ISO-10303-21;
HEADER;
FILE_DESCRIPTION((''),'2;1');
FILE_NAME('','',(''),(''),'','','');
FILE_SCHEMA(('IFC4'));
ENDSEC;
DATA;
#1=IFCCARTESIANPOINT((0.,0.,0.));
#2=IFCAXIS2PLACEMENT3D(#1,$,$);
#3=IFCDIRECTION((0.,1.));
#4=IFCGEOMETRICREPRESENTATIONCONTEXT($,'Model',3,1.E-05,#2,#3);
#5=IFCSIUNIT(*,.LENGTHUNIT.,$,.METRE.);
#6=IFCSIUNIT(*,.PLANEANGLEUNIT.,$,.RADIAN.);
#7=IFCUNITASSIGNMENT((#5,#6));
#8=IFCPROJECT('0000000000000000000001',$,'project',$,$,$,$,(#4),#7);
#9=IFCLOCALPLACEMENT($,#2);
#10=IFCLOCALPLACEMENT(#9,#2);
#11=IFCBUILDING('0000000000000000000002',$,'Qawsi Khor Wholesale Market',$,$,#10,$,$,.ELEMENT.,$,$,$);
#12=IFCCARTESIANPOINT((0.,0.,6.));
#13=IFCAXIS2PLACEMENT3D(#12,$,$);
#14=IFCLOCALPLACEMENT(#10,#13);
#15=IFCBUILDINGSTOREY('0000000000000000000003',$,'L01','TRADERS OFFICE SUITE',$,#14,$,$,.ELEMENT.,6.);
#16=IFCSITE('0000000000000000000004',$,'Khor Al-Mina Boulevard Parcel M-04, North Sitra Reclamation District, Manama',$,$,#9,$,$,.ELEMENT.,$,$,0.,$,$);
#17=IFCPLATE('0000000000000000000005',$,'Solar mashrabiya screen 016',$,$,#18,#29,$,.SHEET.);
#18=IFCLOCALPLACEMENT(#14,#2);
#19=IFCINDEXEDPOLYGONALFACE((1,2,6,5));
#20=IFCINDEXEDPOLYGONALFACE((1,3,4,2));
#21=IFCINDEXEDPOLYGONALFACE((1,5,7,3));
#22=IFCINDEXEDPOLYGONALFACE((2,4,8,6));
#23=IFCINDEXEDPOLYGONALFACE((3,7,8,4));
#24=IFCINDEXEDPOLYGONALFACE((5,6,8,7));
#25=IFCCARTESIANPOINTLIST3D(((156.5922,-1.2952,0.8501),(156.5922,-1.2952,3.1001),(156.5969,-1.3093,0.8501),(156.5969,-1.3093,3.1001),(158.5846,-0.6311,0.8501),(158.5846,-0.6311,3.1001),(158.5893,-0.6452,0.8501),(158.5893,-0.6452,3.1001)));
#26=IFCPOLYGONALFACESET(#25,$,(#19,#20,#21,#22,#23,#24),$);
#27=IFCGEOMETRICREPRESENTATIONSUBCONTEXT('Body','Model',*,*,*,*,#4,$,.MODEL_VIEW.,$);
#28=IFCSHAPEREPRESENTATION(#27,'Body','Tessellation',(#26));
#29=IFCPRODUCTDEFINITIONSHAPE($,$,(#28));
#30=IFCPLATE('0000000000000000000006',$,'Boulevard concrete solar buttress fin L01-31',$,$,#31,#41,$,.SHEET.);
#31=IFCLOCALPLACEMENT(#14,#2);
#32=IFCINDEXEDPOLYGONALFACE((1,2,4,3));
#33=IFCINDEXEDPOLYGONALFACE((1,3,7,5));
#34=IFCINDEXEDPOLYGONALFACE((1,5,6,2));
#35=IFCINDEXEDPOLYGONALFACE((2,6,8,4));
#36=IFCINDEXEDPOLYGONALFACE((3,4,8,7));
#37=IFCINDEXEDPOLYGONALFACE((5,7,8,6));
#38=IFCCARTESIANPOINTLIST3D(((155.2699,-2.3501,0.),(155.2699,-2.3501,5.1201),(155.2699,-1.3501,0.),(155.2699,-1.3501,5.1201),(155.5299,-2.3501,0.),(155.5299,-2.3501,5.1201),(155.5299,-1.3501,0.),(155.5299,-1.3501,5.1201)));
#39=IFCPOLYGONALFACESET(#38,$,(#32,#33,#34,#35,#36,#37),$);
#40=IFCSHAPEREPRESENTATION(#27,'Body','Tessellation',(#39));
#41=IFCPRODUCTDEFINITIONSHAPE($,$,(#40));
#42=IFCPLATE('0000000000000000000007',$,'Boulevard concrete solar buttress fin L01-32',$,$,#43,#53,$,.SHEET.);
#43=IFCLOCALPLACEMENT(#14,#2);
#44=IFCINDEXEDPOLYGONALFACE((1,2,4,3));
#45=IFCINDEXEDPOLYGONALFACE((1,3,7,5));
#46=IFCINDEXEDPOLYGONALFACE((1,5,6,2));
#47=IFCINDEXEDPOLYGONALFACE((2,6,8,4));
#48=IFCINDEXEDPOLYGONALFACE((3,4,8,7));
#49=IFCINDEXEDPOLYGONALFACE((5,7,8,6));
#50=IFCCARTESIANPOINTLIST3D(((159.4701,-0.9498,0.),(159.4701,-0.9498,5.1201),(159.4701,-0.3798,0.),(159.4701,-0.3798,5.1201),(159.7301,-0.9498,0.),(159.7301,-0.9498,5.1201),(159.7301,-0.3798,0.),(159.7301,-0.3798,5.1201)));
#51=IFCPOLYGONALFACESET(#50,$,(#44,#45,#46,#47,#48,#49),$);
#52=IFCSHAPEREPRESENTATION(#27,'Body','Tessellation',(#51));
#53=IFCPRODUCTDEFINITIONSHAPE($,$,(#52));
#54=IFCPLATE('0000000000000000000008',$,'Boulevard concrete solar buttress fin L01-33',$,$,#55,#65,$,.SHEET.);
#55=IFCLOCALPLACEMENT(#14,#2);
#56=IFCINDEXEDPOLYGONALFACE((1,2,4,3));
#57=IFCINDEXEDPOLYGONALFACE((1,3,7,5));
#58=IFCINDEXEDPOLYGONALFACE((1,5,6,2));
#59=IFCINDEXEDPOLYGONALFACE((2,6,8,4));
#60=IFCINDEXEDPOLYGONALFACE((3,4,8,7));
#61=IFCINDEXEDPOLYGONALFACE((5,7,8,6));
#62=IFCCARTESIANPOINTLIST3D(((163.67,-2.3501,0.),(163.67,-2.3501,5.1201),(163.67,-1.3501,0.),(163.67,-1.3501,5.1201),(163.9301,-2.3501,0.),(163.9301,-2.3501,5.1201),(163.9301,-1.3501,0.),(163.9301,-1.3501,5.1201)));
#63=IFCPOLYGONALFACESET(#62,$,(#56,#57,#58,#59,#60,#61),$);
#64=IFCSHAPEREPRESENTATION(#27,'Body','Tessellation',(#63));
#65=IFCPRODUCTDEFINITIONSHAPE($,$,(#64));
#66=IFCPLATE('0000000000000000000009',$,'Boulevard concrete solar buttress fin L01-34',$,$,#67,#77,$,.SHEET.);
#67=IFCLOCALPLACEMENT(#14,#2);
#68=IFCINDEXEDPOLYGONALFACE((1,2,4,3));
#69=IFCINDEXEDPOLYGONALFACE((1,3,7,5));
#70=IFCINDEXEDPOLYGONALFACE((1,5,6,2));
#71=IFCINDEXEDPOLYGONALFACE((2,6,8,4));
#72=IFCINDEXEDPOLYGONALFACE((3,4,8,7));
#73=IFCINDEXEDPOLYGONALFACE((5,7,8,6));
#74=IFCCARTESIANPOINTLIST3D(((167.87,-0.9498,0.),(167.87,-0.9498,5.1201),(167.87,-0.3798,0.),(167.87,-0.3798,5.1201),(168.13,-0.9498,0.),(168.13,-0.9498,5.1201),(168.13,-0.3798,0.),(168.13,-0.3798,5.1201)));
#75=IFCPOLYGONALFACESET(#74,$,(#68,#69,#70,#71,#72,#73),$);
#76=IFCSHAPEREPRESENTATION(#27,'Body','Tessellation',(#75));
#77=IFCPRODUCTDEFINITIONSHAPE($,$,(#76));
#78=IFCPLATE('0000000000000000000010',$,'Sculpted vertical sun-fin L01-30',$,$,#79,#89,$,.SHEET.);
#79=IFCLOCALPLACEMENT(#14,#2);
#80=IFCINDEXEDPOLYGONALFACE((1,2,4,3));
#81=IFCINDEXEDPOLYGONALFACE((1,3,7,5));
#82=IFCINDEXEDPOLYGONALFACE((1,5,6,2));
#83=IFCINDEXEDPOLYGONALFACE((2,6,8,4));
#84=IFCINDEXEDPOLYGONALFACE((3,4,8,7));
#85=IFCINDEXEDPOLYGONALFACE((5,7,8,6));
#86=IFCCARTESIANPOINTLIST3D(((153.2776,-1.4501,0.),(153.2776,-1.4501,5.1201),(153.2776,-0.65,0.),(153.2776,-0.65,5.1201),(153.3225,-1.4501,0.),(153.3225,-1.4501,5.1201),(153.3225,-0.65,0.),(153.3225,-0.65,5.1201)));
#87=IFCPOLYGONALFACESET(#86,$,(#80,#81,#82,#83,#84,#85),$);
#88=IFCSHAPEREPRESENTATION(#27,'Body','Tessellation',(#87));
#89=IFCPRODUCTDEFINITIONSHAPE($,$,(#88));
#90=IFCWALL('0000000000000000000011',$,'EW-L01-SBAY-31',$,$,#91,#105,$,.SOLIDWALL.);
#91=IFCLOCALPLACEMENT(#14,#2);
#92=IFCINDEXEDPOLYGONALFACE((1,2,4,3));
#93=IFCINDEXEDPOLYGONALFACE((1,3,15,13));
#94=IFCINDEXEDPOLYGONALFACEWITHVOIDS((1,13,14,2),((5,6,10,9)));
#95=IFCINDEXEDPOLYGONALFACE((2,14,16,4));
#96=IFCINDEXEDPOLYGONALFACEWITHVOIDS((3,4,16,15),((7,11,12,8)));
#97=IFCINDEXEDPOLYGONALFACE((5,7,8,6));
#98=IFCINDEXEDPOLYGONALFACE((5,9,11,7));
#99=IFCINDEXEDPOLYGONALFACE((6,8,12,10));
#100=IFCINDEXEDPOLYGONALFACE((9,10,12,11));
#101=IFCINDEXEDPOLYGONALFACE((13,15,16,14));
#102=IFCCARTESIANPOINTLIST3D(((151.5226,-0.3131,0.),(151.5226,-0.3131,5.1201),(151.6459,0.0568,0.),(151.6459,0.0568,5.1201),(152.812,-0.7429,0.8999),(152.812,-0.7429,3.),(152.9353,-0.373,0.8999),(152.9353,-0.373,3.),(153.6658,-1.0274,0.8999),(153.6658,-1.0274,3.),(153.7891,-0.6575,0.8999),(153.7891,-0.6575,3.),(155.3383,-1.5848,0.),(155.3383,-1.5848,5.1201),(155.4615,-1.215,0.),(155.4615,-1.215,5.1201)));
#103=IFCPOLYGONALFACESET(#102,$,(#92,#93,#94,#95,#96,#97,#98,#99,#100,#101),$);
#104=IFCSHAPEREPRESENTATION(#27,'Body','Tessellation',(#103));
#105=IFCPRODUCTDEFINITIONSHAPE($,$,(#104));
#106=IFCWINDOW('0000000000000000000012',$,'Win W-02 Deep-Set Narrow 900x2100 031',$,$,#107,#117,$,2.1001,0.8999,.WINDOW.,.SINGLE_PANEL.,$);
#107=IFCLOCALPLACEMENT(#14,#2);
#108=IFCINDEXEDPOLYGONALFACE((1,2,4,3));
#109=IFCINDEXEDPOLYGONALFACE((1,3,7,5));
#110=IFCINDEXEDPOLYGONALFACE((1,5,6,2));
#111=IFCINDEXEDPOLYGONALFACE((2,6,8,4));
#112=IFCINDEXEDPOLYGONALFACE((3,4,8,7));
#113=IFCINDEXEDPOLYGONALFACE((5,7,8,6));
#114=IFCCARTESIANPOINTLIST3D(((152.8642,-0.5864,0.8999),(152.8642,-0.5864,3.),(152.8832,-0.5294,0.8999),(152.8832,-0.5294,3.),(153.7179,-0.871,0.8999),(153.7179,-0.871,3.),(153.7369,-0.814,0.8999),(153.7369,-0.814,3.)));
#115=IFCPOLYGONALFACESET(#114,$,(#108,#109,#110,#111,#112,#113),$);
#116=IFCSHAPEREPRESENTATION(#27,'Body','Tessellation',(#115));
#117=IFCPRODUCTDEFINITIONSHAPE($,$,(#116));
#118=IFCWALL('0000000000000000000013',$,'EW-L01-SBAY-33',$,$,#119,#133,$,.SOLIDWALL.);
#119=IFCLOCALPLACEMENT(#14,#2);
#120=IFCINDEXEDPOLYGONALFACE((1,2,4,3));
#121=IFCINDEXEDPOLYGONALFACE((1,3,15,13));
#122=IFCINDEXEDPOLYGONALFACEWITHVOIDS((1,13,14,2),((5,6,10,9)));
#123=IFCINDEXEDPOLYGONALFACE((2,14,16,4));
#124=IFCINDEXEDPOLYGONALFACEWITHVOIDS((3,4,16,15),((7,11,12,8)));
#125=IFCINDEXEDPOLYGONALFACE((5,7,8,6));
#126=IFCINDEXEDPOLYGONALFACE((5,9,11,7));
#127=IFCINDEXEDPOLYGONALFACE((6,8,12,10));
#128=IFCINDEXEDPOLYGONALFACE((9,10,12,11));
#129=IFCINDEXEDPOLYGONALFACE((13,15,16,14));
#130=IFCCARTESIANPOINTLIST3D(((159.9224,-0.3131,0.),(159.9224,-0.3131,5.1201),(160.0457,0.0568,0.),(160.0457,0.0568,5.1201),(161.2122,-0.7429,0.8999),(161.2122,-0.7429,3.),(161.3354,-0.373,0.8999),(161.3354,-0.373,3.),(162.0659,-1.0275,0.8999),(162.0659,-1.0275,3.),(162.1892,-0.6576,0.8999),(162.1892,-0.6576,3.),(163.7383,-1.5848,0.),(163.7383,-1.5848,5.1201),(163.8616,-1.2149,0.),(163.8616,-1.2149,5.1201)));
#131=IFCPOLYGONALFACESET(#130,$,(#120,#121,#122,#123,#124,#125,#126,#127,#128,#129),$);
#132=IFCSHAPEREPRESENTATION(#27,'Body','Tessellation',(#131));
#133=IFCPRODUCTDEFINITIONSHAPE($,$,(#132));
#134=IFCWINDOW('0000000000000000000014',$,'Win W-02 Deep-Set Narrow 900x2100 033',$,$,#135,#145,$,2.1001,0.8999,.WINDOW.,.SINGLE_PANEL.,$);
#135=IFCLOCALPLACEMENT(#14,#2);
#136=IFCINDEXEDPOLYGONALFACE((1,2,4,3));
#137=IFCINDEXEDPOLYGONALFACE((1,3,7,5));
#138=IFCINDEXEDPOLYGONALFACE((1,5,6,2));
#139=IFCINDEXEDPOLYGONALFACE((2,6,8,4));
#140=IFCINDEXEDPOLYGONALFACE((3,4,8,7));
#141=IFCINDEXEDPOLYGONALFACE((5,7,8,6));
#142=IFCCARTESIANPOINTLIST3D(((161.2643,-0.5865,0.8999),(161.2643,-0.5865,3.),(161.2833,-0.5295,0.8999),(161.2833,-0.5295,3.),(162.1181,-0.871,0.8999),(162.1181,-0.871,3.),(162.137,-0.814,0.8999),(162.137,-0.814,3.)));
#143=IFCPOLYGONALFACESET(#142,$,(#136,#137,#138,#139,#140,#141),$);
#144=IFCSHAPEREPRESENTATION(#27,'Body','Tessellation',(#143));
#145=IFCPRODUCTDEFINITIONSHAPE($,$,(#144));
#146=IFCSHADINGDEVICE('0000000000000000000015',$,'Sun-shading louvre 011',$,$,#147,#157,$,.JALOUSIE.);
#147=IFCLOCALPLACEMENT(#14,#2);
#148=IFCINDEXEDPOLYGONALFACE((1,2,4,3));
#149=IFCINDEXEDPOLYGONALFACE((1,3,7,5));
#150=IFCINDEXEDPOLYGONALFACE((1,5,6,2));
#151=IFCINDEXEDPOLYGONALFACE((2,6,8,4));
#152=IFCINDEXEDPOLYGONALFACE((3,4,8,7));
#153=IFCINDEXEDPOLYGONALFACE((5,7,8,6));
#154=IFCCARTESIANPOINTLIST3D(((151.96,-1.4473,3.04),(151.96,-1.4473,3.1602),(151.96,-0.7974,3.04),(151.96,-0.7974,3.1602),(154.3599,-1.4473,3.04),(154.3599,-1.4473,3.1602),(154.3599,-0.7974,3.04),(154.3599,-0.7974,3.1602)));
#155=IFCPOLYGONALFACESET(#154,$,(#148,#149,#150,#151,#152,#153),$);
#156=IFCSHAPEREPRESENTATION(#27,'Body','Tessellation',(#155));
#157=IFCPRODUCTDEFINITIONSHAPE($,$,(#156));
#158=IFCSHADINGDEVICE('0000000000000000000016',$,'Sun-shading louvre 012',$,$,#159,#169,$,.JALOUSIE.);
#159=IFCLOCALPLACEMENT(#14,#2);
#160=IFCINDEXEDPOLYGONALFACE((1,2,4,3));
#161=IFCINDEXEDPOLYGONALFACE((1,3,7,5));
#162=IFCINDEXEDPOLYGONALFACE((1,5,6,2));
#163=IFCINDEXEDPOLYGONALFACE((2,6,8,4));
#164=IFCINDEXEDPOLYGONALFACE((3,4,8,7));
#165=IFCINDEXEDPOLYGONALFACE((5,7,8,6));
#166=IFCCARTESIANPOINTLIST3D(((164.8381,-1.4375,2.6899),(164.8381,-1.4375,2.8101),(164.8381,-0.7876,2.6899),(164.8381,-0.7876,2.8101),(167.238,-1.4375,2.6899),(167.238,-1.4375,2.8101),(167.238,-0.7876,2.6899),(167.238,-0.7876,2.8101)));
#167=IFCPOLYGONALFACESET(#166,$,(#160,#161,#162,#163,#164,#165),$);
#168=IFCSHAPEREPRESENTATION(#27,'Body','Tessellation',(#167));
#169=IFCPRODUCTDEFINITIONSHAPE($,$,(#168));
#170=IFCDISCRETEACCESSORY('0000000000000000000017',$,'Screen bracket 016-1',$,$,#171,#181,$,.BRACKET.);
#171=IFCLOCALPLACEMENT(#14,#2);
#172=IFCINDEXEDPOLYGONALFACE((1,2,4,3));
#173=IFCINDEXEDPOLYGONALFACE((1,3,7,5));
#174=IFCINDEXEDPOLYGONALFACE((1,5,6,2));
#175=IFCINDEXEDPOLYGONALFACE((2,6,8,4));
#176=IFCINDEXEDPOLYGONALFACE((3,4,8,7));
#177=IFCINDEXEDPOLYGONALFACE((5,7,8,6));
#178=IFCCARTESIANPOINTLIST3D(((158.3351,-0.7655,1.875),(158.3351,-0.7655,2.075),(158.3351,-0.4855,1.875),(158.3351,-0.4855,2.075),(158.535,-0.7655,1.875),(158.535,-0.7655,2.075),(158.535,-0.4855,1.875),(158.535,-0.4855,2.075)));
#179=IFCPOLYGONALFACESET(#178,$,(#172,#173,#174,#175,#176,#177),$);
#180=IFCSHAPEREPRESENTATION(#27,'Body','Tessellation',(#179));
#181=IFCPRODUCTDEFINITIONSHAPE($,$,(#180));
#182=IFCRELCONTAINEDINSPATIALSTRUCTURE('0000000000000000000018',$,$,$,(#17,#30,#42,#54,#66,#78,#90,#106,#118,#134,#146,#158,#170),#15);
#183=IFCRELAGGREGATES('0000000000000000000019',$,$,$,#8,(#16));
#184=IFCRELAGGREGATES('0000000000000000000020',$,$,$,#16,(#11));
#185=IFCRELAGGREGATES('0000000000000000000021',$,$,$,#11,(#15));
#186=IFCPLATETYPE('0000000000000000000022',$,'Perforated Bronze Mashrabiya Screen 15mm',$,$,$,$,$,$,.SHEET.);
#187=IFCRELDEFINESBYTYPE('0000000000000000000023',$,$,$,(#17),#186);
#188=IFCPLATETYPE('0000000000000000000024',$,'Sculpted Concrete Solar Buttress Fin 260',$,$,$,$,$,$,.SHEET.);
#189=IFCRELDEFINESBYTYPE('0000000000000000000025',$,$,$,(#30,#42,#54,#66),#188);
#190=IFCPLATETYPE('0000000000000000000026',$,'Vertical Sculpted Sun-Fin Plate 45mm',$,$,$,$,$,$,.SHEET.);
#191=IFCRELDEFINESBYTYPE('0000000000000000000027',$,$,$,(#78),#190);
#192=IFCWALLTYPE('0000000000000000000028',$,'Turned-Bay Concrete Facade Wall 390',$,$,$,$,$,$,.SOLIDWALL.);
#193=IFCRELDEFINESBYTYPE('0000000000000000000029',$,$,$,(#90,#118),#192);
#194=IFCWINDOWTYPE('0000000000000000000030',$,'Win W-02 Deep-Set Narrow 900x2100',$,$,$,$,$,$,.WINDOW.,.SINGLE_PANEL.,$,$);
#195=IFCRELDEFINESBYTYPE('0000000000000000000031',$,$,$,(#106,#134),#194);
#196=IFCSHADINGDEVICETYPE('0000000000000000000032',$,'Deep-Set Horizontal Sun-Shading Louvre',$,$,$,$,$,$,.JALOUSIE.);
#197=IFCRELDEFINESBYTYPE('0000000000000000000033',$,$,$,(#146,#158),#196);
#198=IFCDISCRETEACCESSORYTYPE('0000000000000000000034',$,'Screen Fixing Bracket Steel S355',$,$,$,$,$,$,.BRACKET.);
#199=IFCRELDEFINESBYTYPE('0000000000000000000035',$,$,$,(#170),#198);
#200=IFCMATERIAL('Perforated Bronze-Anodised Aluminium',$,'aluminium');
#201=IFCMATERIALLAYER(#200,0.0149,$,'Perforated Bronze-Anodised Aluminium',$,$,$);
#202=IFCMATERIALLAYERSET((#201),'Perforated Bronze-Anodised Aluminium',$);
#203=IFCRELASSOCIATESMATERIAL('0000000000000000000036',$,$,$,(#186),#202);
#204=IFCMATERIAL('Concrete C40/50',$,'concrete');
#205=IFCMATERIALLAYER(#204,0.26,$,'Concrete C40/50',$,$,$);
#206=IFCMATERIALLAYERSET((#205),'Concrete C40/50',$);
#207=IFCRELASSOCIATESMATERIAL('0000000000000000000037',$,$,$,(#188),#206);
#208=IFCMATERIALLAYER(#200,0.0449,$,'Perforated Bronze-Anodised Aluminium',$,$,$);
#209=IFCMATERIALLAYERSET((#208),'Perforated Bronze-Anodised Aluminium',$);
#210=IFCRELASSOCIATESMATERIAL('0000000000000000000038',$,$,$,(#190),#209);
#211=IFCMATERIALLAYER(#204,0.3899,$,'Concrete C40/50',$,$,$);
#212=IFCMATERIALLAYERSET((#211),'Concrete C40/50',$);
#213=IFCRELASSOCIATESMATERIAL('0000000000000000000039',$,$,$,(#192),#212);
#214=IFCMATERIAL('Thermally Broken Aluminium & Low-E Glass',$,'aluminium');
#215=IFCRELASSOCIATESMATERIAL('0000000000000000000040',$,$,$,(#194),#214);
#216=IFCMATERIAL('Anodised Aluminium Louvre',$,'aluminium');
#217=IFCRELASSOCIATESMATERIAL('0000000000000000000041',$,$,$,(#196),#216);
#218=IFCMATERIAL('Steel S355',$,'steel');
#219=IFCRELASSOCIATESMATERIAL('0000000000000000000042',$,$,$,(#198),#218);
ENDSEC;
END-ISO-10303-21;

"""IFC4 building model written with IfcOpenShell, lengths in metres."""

from ifc_helpers import new_model, si_unit, direction, frame, frame_2d, origin, origin_2d, place, context, subcontext, project, spatial, rectangle, extrude, material, layer, layer_set, type_object, element, fill, save


model = new_model("IFC4")

# Units and contexts
model_context = context("Model", 3, precision=1e-05, world=origin(), true_north=direction((0.0, 1.0)))
body_context = subcontext(model_context, "Body", "Model", "MODEL_VIEW")
ifc_project = project(units=[si_unit("LENGTHUNIT", "METRE"), si_unit("PLANEANGLEUNIT", "RADIAN")], contexts=[model_context])

# Site, building, storey
site_placement = place(None, origin())
site = spatial("IfcSite", under=ifc_project, at=site_placement, Name="Khor Al-Mina Boulevard Parcel M-04, North Sitra Reclamation District, Manama", CompositionType="ELEMENT", RefElevation=0.0)
building_placement = place(site_placement, origin())
building = spatial("IfcBuilding", under=site, at=building_placement, Name="Qawsi Khor Wholesale Market", CompositionType="ELEMENT")
storey_placement = place(building_placement, frame((0.0, 0.0, 6.0)))
storey = spatial("IfcBuildingStorey", under=building, at=storey_placement, Name="L01", Description="TRADERS OFFICE SUITE", CompositionType="ELEMENT", Elevation=6.0)

# Shared definitions
ifc_material_1 = material(Name="Steel S355", Category="steel")

# Shared definitions
ifc_material_2 = material(Name="Concrete C40/50", Category="concrete")

# Plates
ifc_material_3 = material(Name="Perforated Bronze-Anodised Aluminium", Category="aluminium")
ifc_layer_1 = layer(ifc_material_3, 0.0149, Name="Perforated Bronze-Anodised Aluminium")
ifc_layer_set_1 = layer_set([ifc_layer_1], Name="Perforated Bronze-Anodised Aluminium")
plate_type_1 = type_object("IfcPlateType", Name="Perforated Bronze Mashrabiya Screen 15mm", PredefinedType="SHEET", material=ifc_layer_set_1)
plate_1_placement = place(storey_placement, frame((158.5869, -0.6382, 0.8501), z_axis=(0.0, 0.0, 1.0), x_axis=(-0.948695, -0.316193, 0.0)))
element("IfcPlate", 1, at=plate_1_placement, inside=storey, type_object=plate_type_1, Name="Solar mashrabiya screen 016", PredefinedType="SHEET", context=body_context, shape_type="SweptSolid", body=[
    extrude(rectangle(XDim=2.1001, YDim=0.0149, at=frame_2d((1.05, 0.0))), origin(), (0.0, 0.0, 1.0), 2.25),
])
ifc_layer_2 = layer(ifc_material_2, 0.26, Name="Concrete C40/50")
ifc_layer_set_2 = layer_set([ifc_layer_2], Name="Concrete C40/50")
plate_type_2 = type_object("IfcPlateType", Name="Sculpted Concrete Solar Buttress Fin 260", PredefinedType="SHEET", material=ifc_layer_set_2)
plate_2_placement = place(storey_placement, frame((155.3999, -2.3501, 0.0), z_axis=(0.0, 0.0, 1.0), x_axis=(0.0, 1.0, 0.0)))
element("IfcPlate", 2, at=plate_2_placement, inside=storey, type_object=plate_type_2, Name="Boulevard concrete solar buttress fin L01-31", PredefinedType="SHEET", context=body_context, shape_type="SweptSolid", body=[
    extrude(rectangle(XDim=1.0, YDim=0.26, at=frame_2d((0.5, 0.0))), origin(), (0.0, 0.0, 1.0), 5.1201),
])
plate_3_placement = place(storey_placement, frame((159.6001, -0.95, 0.0), z_axis=(0.0, 0.0, 1.0), x_axis=(0.0, 1.0, 0.0)))
element("IfcPlate", 3, at=plate_3_placement, inside=storey, type_object=plate_type_2, Name="Boulevard concrete solar buttress fin L01-32", PredefinedType="SHEET", context=body_context, shape_type="SweptSolid", body=[
    extrude(rectangle(XDim=0.5701, YDim=0.26, at=frame_2d((0.2852, 0.0))), origin(), (0.0, 0.0, 1.0), 5.1201),
])
plate_4_placement = place(storey_placement, frame((163.8, -2.3501, 0.0), z_axis=(0.0, 0.0, 1.0), x_axis=(0.0, 1.0, 0.0)))
element("IfcPlate", 4, at=plate_4_placement, inside=storey, type_object=plate_type_2, Name="Boulevard concrete solar buttress fin L01-33", PredefinedType="SHEET", context=body_context, shape_type="SweptSolid", body=[
    extrude(rectangle(XDim=1.0, YDim=0.26, at=frame_2d((0.5, 0.0))), origin(), (0.0, 0.0, 1.0), 5.1201),
])
plate_5_placement = place(storey_placement, frame((168.0, -0.95, 0.0), z_axis=(0.0, 0.0, 1.0), x_axis=(0.0, 1.0, 0.0)))
element("IfcPlate", 5, at=plate_5_placement, inside=storey, type_object=plate_type_2, Name="Boulevard concrete solar buttress fin L01-34", PredefinedType="SHEET", context=body_context, shape_type="SweptSolid", body=[
    extrude(rectangle(XDim=0.5701, YDim=0.26, at=frame_2d((0.2852, 0.0))), origin(), (0.0, 0.0, 1.0), 5.1201),
])
ifc_layer_3 = layer(ifc_material_3, 0.0449, Name="Perforated Bronze-Anodised Aluminium")
ifc_layer_set_3 = layer_set([ifc_layer_3], Name="Perforated Bronze-Anodised Aluminium")
plate_type_3 = type_object("IfcPlateType", Name="Vertical Sculpted Sun-Fin Plate 45mm", PredefinedType="SHEET", material=ifc_layer_set_3)
plate_6_placement = place(storey_placement, frame((153.3, -1.45, 0.0), z_axis=(0.0, 0.0, 1.0), x_axis=(0.0, 1.0, 0.0)))
element("IfcPlate", 6, at=plate_6_placement, inside=storey, type_object=plate_type_3, Name="Sculpted vertical sun-fin L01-30", PredefinedType="SHEET", context=body_context, shape_type="SweptSolid", body=[
    extrude(rectangle(XDim=0.8, YDim=0.0449, at=frame_2d((0.3999, 0.0))), origin(), (0.0, 0.0, 1.0), 5.1201),
])

# Walls, openings, windows
ifc_layer_4 = layer(ifc_material_2, 0.3899, Name="Concrete C40/50")
ifc_layer_set_4 = layer_set([ifc_layer_4], Name="Concrete C40/50")
wall_type = type_object("IfcWallType", Name="Turned-Bay Concrete Facade Wall 390", PredefinedType="SOLIDWALL", material=ifc_layer_set_4)
wall_1_placement = place(storey_placement, frame((155.3999, -1.3999, 0.0), z_axis=(0.0, 0.0, 1.0), x_axis=(-0.948695, 0.316191, 0.0)))
wall_1 = element("IfcWall", 7, at=wall_1_placement, inside=storey, type_object=wall_type, Name="EW-L01-SBAY-31", PredefinedType="SOLIDWALL", context=body_context, shape_type="SweptSolid", body=[
    extrude(rectangle(XDim=4.022, YDim=0.3899, at=frame_2d((2.011, 0.0))), origin(), (0.0, 0.0, 1.0), 5.1201),
])
opening_1_placement = place(wall_1_placement, frame((1.7629, 0.0, 0.8999)))
opening_1 = element("IfcOpeningElement", 8, at=opening_1_placement, cuts=wall_1, PredefinedType="OPENING", context=body_context, shape_type="SweptSolid", body=[
    extrude(rectangle(XDim=0.8999, YDim=2.1001, at=frame_2d((0.45, 1.05))), frame((0.0, 0.2048, 0.0), z_axis=(0.0, -1.0, 0.0), x_axis=(1.0, 0.0, 0.0)), (0.0, 0.0, 1.0), 0.4099),
])
ifc_material_4 = material(Name="Thermally Broken Aluminium & Low-E Glass", Category="aluminium")
window_type = type_object("IfcWindowType", Name="Win W-02 Deep-Set Narrow 900x2100", PartitioningType="SINGLE_PANEL", PredefinedType="WINDOW", material=ifc_material_4)
window_1_placement = place(opening_1_placement, origin())
window_1 = element("IfcWindow", 9, at=window_1_placement, inside=storey, type_object=window_type, Name="Win W-02 Deep-Set Narrow 900x2100 031", OverallHeight=2.1001, OverallWidth=0.8999, PartitioningType="SINGLE_PANEL", PredefinedType="WINDOW", context=body_context, shape_type="SweptSolid", body=[
    extrude(rectangle(XDim=0.8999, YDim=2.1001, at=frame_2d((0.45, 1.05))), frame((0.0, 0.03, 0.0), z_axis=(0.0, -1.0, 0.0), x_axis=(1.0, 0.0, 0.0)), (0.0, 0.0, 1.0), 0.0601),
])
fill(opening_1, window_1)
wall_2_placement = place(storey_placement, frame((163.8, -1.3999, 0.0), z_axis=(0.0, 0.0, 1.0), x_axis=(-0.948702, 0.316173, 0.0)))
wall_2 = element("IfcWall", 10, at=wall_2_placement, inside=storey, type_object=wall_type, Name="EW-L01-SBAY-33", PredefinedType="SOLIDWALL", context=body_context, shape_type="SweptSolid", body=[
    extrude(rectangle(XDim=4.0222, YDim=0.3899, at=frame_2d((2.0112, 0.0))), origin(), (0.0, 0.0, 1.0), 5.1201),
])
opening_2_placement = place(wall_2_placement, frame((1.7629, 0.0, 0.8999)))
opening_2 = element("IfcOpeningElement", 11, at=opening_2_placement, cuts=wall_2, PredefinedType="OPENING", context=body_context, shape_type="SweptSolid", body=[
    extrude(rectangle(XDim=0.8999, YDim=2.1001, at=frame_2d((0.45, 1.05))), frame((0.0, 0.2048, 0.0), z_axis=(0.0, -1.0, 0.0), x_axis=(1.0, 0.0, 0.0)), (0.0, 0.0, 1.0), 0.4099),
])
window_2_placement = place(opening_2_placement, origin())
window_2 = element("IfcWindow", 12, at=window_2_placement, inside=storey, type_object=window_type, Name="Win W-02 Deep-Set Narrow 900x2100 033", OverallHeight=2.1001, OverallWidth=0.8999, PartitioningType="SINGLE_PANEL", PredefinedType="WINDOW", context=body_context, shape_type="SweptSolid", body=[
    extrude(rectangle(XDim=0.8999, YDim=2.1001, at=frame_2d((0.45, 1.05))), frame((0.0, 0.03, 0.0), z_axis=(0.0, -1.0, 0.0), x_axis=(1.0, 0.0, 0.0)), (0.0, 0.0, 1.0), 0.0601),
])
fill(opening_2, window_2)

# Shading devices
ifc_material_5 = material(Name="Anodised Aluminium Louvre", Category="aluminium")
shading_device_type = type_object("IfcShadingDeviceType", Name="Deep-Set Horizontal Sun-Shading Louvre", PredefinedType="JALOUSIE", material=ifc_material_5)
for number, where, z_axis, x_axis, name in (
    (13, (153.1599, -1.1223, 3.04), (0.0, 0.0, 1.0), (1.0, 0.0, 0.0), "Sun-shading louvre 011"),
    (14, (166.0381, -1.1125, 2.6899), (0.0, 0.0, 1.0), (1.0, 0.0, 0.0), "Sun-shading louvre 012"),
):
    element("IfcShadingDevice", number, at=place(storey_placement, frame(where, z_axis=z_axis, x_axis=x_axis)), inside=storey, type_object=shading_device_type, Name=name, PredefinedType="JALOUSIE", context=body_context, shape_type="SweptSolid", body=[
        extrude(rectangle(XDim=2.3999, YDim=0.6499, at=origin_2d()), origin(), (0.0, 0.0, 1.0), 0.1201),
    ])

# Discrete accessory
discrete_accessory_type = type_object("IfcDiscreteAccessoryType", Name="Screen Fixing Bracket Steel S355", PredefinedType="BRACKET", material=ifc_material_1)
for number, where, z_axis, x_axis, name in (
    (15, (158.4351, -0.6255, 1.875), (0.0, 0.0, 1.0), (1.0, 0.0, 0.0), "Screen bracket 016-1"),
):
    element("IfcDiscreteAccessory", number, at=place(storey_placement, frame(where, z_axis=z_axis, x_axis=x_axis)), inside=storey, type_object=discrete_accessory_type, Name=name, PredefinedType="BRACKET", context=body_context, shape_type="SweptSolid", body=[
        extrude(rectangle(XDim=0.2, YDim=0.28, at=origin_2d()), origin(), (0.0, 0.0, 1.0), 0.2),
    ])

save(model, "model.ifc")
